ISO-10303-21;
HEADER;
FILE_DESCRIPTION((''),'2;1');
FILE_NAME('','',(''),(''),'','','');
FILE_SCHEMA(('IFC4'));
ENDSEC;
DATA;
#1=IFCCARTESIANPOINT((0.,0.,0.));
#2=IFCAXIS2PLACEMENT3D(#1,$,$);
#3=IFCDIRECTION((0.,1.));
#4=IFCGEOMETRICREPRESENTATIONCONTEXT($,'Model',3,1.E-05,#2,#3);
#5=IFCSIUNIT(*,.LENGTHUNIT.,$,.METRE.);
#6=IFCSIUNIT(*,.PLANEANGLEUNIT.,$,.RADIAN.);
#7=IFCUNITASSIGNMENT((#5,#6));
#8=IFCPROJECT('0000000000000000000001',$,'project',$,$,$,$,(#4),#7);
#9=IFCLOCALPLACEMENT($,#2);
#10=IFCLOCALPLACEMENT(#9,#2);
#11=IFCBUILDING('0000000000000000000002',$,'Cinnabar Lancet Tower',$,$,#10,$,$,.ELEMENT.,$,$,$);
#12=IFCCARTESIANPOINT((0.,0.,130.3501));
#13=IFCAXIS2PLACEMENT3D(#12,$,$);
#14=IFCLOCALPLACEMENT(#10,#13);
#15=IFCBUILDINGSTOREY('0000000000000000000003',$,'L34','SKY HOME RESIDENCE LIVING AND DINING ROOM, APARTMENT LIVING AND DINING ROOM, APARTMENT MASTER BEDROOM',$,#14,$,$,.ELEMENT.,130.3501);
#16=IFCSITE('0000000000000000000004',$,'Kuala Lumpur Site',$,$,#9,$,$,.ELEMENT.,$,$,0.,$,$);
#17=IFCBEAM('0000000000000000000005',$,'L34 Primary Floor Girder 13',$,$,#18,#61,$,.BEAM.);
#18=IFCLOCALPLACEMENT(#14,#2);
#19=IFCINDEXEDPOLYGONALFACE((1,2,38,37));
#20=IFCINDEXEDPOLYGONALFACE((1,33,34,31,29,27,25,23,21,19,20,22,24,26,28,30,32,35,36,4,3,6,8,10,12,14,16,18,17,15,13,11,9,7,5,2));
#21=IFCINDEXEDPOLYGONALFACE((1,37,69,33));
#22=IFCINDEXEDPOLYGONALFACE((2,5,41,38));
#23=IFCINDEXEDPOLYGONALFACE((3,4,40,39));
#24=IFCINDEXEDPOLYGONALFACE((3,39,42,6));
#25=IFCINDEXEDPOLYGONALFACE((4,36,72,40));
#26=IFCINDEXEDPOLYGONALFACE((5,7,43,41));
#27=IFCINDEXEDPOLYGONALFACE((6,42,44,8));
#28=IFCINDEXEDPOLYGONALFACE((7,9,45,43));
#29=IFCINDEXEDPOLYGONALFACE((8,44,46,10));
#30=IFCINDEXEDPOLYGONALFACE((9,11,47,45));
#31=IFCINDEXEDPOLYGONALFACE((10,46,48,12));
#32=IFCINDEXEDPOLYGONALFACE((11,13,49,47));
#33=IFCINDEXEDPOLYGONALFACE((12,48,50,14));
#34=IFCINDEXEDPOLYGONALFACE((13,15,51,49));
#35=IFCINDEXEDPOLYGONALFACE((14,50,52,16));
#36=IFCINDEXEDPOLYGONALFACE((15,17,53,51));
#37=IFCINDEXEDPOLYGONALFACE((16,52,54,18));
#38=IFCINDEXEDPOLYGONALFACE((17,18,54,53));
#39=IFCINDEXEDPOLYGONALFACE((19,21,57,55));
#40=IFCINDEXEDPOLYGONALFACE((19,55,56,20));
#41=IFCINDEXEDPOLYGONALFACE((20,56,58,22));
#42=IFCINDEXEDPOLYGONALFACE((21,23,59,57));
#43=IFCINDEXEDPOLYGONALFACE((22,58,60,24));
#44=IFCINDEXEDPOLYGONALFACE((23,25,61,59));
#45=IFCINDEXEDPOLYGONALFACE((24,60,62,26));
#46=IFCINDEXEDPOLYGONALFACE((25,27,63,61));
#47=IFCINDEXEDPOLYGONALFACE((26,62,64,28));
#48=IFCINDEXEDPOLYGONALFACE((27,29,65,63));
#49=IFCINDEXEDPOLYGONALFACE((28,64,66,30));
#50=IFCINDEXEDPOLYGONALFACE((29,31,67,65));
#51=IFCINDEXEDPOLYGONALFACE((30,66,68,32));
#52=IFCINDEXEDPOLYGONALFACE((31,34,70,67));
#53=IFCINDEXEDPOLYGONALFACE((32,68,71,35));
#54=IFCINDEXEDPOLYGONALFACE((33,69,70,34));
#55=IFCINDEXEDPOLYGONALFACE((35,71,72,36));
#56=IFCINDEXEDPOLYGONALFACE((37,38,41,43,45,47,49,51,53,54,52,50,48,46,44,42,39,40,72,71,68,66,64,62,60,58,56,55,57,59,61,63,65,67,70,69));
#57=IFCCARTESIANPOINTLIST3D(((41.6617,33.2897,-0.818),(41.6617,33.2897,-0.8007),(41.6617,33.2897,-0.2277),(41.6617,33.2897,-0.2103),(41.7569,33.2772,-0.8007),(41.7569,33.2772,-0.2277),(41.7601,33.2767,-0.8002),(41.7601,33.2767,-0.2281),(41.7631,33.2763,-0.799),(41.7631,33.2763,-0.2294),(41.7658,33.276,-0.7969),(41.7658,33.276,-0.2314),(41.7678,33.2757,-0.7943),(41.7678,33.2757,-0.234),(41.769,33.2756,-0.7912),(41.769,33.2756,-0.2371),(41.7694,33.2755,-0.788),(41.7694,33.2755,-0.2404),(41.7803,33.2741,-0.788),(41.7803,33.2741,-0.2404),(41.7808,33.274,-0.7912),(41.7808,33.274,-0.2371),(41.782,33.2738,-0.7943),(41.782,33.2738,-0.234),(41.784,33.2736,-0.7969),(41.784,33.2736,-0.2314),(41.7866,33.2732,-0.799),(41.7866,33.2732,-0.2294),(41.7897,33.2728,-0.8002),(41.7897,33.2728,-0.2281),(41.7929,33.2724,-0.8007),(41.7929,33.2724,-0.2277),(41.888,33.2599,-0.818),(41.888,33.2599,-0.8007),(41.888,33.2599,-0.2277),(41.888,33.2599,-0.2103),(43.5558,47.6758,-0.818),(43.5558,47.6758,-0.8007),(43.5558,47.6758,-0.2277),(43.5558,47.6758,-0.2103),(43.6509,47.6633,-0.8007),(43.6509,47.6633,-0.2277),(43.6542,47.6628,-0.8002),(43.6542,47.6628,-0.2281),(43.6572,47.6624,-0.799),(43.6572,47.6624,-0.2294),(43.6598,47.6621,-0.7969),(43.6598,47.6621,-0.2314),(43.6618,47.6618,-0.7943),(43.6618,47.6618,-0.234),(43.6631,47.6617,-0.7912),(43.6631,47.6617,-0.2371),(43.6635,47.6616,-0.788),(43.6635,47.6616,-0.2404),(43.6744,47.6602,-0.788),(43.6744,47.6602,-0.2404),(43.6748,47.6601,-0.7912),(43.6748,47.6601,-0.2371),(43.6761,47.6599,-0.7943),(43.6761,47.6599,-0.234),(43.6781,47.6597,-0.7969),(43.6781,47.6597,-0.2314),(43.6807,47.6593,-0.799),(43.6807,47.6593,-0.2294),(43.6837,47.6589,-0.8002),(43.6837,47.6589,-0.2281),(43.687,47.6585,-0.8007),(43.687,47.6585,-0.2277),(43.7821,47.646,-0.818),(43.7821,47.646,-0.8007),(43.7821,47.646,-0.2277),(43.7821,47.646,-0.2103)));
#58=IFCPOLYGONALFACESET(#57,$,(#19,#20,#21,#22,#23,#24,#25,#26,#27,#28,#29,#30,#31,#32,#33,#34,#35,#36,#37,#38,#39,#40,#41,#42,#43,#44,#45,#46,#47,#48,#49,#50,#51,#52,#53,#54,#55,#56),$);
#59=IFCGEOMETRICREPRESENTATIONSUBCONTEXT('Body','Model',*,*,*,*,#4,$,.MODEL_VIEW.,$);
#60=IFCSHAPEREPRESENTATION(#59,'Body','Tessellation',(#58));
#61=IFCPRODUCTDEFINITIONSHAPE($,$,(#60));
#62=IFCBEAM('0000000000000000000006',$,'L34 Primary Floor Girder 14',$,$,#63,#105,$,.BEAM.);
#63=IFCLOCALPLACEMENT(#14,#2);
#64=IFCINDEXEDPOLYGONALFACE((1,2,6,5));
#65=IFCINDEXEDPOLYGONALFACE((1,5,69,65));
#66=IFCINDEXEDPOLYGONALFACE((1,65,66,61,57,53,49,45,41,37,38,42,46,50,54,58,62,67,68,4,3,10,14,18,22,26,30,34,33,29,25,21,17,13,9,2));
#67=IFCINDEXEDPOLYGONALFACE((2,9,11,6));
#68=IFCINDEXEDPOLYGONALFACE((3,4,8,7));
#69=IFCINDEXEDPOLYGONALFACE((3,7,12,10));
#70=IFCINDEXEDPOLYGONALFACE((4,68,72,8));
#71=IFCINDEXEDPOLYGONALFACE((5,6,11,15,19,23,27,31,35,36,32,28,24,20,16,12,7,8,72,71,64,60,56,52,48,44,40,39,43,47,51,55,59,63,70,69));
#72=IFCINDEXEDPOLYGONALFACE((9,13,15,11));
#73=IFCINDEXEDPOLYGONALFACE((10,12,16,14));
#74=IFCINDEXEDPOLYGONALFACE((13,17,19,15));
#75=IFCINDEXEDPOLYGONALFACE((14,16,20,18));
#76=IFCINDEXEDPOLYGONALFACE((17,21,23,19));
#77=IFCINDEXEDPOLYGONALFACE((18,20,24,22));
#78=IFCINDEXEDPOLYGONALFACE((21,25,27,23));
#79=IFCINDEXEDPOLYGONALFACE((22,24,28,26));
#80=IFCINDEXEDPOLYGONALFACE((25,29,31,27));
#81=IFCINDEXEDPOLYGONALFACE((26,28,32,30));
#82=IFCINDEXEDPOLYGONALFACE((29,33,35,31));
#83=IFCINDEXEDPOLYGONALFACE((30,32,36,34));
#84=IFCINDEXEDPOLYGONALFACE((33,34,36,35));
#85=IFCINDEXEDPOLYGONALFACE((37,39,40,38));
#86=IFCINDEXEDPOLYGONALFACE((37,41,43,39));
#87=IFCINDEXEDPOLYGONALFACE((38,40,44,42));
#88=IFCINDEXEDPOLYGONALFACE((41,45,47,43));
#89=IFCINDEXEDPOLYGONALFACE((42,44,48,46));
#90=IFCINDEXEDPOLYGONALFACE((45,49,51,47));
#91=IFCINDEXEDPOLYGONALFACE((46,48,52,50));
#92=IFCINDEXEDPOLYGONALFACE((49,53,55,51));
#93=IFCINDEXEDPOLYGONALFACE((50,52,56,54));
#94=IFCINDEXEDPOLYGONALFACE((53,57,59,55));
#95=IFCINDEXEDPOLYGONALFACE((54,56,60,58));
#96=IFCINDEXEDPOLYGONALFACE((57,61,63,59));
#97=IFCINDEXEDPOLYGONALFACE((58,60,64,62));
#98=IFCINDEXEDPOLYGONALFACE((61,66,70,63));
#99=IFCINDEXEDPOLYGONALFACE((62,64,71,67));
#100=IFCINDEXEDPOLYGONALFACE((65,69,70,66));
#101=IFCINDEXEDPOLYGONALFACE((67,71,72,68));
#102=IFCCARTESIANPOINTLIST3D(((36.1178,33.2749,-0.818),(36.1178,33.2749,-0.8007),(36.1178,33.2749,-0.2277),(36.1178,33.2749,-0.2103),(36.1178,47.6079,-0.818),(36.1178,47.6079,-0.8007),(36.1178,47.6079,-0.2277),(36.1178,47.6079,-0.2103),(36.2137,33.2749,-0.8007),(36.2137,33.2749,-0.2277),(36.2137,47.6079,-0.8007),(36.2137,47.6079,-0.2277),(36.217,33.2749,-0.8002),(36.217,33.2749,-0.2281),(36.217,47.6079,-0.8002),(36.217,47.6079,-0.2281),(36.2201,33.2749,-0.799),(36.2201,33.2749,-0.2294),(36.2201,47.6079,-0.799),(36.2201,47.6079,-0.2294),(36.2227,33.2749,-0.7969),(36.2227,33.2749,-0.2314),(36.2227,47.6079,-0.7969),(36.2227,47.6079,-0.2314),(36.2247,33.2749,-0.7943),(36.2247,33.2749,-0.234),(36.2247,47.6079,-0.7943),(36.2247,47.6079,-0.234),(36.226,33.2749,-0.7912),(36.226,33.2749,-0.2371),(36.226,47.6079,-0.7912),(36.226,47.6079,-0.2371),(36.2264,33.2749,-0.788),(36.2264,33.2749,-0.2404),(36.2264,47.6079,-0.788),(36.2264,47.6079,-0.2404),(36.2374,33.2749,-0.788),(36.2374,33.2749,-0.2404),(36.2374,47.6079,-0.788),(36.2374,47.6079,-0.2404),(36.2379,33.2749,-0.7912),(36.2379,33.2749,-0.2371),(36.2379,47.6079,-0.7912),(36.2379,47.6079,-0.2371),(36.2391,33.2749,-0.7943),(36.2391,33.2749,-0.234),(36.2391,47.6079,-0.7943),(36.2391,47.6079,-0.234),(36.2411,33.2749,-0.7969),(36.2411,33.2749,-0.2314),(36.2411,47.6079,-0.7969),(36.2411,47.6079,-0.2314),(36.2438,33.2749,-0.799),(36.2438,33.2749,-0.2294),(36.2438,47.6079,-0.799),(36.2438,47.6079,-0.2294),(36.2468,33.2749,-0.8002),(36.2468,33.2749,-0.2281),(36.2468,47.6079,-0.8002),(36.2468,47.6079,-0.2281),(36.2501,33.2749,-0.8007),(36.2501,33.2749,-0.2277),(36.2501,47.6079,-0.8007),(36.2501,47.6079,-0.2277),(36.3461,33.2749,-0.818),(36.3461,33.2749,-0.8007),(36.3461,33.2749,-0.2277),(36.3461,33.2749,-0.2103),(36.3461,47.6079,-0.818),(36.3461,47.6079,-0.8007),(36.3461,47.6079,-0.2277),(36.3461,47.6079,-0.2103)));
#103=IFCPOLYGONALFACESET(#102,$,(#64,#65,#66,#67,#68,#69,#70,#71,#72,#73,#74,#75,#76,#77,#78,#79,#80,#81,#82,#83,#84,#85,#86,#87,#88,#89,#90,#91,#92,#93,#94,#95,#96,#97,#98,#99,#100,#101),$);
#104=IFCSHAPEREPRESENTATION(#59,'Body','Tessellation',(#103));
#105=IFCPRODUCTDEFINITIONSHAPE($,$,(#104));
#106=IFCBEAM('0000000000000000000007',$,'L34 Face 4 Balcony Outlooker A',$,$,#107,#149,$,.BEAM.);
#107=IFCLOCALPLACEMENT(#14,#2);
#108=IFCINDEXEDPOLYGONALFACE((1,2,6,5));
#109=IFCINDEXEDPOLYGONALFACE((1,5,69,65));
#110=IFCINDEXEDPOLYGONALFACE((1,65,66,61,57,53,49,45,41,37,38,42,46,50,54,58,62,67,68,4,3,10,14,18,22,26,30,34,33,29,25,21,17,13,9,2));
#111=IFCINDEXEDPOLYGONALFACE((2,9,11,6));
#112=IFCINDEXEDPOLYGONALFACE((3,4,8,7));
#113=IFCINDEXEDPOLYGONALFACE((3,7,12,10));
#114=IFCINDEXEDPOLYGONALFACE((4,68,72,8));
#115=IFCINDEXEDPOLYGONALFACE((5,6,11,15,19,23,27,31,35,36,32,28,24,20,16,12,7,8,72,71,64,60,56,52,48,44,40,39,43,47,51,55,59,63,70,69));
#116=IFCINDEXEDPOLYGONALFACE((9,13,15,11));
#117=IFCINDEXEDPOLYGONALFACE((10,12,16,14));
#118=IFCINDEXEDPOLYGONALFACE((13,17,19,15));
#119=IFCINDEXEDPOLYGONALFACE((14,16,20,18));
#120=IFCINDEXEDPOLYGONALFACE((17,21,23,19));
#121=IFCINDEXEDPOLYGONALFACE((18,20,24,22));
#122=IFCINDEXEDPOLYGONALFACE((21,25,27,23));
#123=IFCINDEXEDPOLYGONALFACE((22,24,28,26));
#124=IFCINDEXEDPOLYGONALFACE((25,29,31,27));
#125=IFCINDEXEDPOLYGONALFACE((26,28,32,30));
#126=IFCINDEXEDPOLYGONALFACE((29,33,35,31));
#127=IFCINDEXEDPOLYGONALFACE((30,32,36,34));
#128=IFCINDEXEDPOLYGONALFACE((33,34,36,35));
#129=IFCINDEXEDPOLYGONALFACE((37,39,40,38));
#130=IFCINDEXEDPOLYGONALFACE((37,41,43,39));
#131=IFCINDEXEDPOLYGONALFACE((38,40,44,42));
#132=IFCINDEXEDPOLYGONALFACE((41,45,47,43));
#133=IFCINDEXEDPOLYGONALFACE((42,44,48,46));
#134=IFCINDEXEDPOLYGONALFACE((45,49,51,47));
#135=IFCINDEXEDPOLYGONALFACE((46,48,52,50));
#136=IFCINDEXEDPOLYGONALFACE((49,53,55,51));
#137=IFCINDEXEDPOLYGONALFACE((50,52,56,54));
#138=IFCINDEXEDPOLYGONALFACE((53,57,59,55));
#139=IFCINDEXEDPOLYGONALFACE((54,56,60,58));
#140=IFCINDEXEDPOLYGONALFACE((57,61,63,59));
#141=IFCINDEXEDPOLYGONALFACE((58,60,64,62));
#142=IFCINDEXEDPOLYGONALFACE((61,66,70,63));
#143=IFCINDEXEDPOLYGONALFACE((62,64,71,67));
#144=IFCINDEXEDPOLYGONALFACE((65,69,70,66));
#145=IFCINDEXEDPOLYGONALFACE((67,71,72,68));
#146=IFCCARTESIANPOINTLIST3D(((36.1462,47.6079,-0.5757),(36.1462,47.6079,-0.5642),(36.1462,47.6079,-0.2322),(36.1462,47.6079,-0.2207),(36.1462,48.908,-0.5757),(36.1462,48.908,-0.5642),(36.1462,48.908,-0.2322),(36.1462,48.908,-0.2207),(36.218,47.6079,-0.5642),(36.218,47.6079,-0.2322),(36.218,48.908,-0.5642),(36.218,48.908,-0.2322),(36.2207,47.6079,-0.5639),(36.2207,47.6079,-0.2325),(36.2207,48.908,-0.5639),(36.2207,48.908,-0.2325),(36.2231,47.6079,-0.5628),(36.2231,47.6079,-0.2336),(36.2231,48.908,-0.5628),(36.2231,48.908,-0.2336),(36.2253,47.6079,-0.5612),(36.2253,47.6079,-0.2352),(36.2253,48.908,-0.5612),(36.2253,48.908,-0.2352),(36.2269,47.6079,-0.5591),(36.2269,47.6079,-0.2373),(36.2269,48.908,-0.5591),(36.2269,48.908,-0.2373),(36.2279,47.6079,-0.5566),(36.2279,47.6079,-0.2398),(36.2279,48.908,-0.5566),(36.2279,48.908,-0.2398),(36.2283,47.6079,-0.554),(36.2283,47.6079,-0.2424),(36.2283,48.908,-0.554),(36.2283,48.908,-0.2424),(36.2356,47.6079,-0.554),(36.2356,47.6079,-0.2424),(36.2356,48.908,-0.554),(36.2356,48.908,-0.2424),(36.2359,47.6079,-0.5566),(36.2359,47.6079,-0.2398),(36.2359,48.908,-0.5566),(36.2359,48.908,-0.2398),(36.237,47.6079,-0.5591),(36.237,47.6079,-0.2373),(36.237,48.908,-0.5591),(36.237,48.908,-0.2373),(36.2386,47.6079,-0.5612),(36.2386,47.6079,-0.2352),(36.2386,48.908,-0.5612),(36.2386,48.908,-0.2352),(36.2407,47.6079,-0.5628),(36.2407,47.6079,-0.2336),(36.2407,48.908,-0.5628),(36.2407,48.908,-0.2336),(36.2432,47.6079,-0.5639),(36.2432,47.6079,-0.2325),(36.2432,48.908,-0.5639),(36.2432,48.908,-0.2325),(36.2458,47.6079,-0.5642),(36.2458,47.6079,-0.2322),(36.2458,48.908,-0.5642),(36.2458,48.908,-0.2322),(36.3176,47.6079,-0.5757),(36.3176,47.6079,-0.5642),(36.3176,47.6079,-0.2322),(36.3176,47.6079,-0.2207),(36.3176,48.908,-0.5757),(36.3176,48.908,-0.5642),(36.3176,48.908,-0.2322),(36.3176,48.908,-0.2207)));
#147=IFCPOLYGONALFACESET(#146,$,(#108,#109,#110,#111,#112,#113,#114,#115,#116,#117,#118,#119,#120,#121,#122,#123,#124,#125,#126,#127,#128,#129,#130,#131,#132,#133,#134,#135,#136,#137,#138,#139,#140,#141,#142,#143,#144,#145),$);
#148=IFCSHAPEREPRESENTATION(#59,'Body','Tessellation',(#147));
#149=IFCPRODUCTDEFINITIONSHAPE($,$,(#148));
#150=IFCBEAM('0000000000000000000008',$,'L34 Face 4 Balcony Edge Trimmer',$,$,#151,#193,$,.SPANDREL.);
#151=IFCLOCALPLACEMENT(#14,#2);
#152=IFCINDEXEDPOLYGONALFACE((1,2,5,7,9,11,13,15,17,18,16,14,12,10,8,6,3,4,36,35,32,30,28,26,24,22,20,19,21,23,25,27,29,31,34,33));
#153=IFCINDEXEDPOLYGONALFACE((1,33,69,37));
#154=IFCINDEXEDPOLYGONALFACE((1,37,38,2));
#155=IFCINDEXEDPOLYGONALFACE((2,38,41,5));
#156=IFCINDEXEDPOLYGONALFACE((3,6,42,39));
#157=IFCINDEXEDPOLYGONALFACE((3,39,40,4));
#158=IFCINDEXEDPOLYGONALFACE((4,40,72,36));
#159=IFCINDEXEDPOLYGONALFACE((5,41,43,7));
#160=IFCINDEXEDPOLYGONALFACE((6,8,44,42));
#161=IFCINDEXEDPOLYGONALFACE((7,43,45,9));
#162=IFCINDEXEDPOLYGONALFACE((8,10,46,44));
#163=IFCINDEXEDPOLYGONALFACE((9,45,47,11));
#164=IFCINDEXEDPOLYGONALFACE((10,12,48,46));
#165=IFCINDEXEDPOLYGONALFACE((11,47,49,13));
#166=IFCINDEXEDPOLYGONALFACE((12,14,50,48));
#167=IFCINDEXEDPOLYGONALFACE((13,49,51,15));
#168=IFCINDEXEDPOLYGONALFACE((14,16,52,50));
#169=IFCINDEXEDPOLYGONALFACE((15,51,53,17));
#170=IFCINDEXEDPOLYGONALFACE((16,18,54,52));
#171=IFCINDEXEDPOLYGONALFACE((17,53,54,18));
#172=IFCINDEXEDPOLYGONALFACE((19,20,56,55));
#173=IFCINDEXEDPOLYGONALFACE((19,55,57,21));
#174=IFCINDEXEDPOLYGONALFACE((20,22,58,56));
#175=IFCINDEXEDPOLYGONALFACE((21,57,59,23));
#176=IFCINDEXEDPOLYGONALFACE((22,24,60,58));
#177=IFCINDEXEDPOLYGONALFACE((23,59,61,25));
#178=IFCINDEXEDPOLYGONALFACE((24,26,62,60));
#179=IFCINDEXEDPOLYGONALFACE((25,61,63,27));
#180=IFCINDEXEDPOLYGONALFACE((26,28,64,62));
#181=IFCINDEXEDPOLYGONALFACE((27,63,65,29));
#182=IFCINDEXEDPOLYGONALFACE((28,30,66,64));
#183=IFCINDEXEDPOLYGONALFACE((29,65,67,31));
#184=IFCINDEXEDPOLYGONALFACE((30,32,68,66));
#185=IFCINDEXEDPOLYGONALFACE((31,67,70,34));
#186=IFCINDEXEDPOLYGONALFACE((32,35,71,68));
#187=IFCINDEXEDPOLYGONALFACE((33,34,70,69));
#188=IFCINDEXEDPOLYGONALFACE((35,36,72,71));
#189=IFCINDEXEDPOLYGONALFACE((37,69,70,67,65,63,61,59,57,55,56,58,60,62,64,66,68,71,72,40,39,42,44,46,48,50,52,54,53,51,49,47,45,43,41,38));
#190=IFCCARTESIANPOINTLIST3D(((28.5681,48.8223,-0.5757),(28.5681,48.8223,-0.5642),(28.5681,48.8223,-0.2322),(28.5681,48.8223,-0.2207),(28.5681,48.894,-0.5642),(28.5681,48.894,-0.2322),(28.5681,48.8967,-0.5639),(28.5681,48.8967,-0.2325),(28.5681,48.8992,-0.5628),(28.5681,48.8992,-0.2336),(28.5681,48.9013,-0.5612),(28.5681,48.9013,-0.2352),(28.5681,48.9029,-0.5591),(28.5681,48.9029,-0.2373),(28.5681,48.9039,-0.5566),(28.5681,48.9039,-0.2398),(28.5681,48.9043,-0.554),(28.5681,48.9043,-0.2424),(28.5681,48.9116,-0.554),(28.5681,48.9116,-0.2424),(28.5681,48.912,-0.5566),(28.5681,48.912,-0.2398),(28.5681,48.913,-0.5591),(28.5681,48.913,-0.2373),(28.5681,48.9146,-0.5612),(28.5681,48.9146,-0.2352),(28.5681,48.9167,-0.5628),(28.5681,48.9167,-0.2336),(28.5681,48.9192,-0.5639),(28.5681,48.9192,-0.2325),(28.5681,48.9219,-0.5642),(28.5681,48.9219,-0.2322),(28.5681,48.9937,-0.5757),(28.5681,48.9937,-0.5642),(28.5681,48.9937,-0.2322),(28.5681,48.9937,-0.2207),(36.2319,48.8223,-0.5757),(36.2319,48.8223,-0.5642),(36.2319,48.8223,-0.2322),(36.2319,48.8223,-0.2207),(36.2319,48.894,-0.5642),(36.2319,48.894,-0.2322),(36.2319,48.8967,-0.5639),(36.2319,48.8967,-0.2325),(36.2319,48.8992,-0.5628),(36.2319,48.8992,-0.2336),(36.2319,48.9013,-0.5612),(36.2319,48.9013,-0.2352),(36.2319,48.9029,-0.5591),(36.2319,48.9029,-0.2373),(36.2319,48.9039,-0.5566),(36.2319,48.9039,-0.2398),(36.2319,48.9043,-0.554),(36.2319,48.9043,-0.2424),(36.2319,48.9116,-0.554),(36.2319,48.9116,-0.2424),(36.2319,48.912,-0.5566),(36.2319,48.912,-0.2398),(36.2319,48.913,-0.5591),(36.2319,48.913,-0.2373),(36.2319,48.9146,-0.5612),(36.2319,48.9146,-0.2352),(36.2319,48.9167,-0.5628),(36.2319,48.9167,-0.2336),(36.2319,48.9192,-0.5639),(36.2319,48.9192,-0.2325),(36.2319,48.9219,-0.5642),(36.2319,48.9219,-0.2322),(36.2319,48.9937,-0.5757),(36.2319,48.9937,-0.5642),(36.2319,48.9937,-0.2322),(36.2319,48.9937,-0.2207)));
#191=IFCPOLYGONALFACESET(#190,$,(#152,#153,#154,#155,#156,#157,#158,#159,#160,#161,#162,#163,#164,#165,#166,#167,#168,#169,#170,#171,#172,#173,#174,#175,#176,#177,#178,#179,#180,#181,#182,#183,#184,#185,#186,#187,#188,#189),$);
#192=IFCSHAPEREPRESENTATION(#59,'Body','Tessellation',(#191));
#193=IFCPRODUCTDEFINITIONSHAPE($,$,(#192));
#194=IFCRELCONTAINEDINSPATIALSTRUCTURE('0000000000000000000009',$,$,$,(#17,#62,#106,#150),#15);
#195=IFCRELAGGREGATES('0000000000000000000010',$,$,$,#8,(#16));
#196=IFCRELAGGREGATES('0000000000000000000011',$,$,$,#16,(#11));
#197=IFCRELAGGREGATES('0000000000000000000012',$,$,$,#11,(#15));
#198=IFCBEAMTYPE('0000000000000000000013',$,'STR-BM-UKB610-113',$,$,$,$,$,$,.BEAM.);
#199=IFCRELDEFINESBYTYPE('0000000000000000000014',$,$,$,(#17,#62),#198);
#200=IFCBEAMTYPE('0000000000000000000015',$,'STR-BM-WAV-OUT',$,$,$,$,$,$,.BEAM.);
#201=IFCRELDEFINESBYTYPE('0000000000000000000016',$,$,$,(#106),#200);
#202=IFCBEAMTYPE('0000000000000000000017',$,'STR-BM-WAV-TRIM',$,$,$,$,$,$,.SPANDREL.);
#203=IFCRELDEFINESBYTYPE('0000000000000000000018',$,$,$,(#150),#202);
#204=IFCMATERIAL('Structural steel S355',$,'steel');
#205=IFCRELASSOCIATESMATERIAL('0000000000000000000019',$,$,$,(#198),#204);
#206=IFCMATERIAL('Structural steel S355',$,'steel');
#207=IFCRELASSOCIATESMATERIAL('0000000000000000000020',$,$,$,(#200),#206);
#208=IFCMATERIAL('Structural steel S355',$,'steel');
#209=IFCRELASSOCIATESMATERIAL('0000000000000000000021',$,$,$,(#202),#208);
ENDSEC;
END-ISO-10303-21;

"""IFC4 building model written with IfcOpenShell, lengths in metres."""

from ifc_helpers import new_model, si_unit, direction, frame, origin, origin_2d, place, context, subcontext, project, spatial, i_section, extrude, material, material_profile, profile_set, type_object, element, save


model = new_model("IFC4")

# Units and contexts
model_context = context("Model", 3, precision=1e-05, world=origin(), true_north=direction((0.0, 1.0)))
body_context = subcontext(model_context, "Body", "Model", "MODEL_VIEW")
ifc_project = project(units=[si_unit("LENGTHUNIT", "METRE"), si_unit("PLANEANGLEUNIT", "RADIAN")], contexts=[model_context])

# Site, building, storey
site_placement = place(None, origin())
site = spatial("IfcSite", under=ifc_project, at=site_placement, Name="Kuala Lumpur Site", CompositionType="ELEMENT", RefElevation=0.0)
building_placement = place(site_placement, origin())
building = spatial("IfcBuilding", under=site, at=building_placement, Name="Cinnabar Lancet Tower", CompositionType="ELEMENT")
storey_placement = place(building_placement, frame((0.0, 0.0, 130.3501)))
storey = spatial("IfcBuildingStorey", under=building, at=storey_placement, Name="L34", Description="SKY HOME RESIDENCE LIVING AND DINING ROOM, APARTMENT LIVING AND DINING ROOM, APARTMENT MASTER BEDROOM", CompositionType="ELEMENT", Elevation=130.3501)

# Beams
ifc_material_1 = material(Name="Structural steel S355", Category="steel")
ifc_material_profile_1 = material_profile(ifc_material_1, i_section(OverallWidth=0.2283, OverallDepth=0.6077, WebThickness=0.011, FlangeThickness=0.0173, FilletRadius=0.0127, at=origin_2d()), Name="UKB 610x229x113")
ifc_profile_set_1 = profile_set([ifc_material_profile_1], Name="Structural steel S355")
beam_type_1 = type_object("IfcBeamType", Name="STR-BM-UKB610-113", PredefinedType="BEAM", material=ifc_profile_set_1)
beam_1_placement = place(storey_placement, frame((43.6689, 47.6609, -0.5142), z_axis=(-0.130532, -0.991444, 0.0), x_axis=(0.991444, -0.130532, 0.0)))
element("IfcBeam", 1, at=beam_1_placement, inside=storey, type_object=beam_type_1, Name="L34 Primary Floor Girder 13", PredefinedType="BEAM", context=body_context, shape_type="SweptSolid", body=[
    extrude(i_section(OverallWidth=0.2283, OverallDepth=0.6077, WebThickness=0.011, FlangeThickness=0.0173, FilletRadius=0.0127, at=origin_2d()), origin(), (0.0, 0.0, 1.0), 14.5103),
])
beam_2_placement = place(storey_placement, frame((36.2319, 47.6079, -0.5142), z_axis=(0.0, -1.0, 0.0), x_axis=(1.0, 0.0, 0.0)))
element("IfcBeam", 2, at=beam_2_placement, inside=storey, type_object=beam_type_1, Name="L34 Primary Floor Girder 14", PredefinedType="BEAM", context=body_context, shape_type="SweptSolid", body=[
    extrude(i_section(OverallWidth=0.2283, OverallDepth=0.6077, WebThickness=0.011, FlangeThickness=0.0173, FilletRadius=0.0127, at=origin_2d()), origin(), (0.0, 0.0, 1.0), 14.333),
])
ifc_material_2 = material(Name="Structural steel S355", Category="steel")
ifc_material_profile_2 = material_profile(ifc_material_2, i_section(OverallWidth=0.1714, OverallDepth=0.355, WebThickness=0.0073, FlangeThickness=0.0115, FilletRadius=0.0103, at=origin_2d()), Name="UKB 356x171x51")
ifc_profile_set_2 = profile_set([ifc_material_profile_2], Name="Structural steel S355")
beam_type_2 = type_object("IfcBeamType", Name="STR-BM-WAV-OUT", PredefinedType="BEAM", material=ifc_profile_set_2)
beam_3_placement = place(storey_placement, frame((36.2319, 47.6079, -0.3982), z_axis=(0.0, 1.0, 0.0), x_axis=(-1.0, 0.0, 0.0)))
element("IfcBeam", 3, at=beam_3_placement, inside=storey, type_object=beam_type_2, Name="L34 Face 4 Balcony Outlooker A", PredefinedType="BEAM", context=body_context, shape_type="SweptSolid", body=[
    extrude(i_section(OverallWidth=0.1714, OverallDepth=0.355, WebThickness=0.0073, FlangeThickness=0.0115, FilletRadius=0.0103, at=origin_2d()), origin(), (0.0, 0.0, 1.0), 1.3),
])
ifc_material_3 = material(Name="Structural steel S355", Category="steel")
ifc_material_profile_3 = material_profile(ifc_material_3, i_section(OverallWidth=0.1714, OverallDepth=0.355, WebThickness=0.0073, FlangeThickness=0.0115, FilletRadius=0.0103, at=origin_2d()), Name="UKB 356x171x51")
ifc_profile_set_3 = profile_set([ifc_material_profile_3], Name="Structural steel S355")
beam_type_3 = type_object("IfcBeamType", Name="STR-BM-WAV-TRIM", PredefinedType="SPANDREL", material=ifc_profile_set_3)
beam_4_placement = place(storey_placement, frame((36.2319, 48.908, -0.3982), z_axis=(-1.0, 0.0, 0.0), x_axis=(0.0, -1.0, 0.0)))
element("IfcBeam", 4, at=beam_4_placement, inside=storey, type_object=beam_type_3, Name="L34 Face 4 Balcony Edge Trimmer", PredefinedType="SPANDREL", context=body_context, shape_type="SweptSolid", body=[
    extrude(i_section(OverallWidth=0.1714, OverallDepth=0.355, WebThickness=0.0073, FlangeThickness=0.0115, FilletRadius=0.0103, at=origin_2d()), origin(), (0.0, 0.0, 1.0), 7.6638),
])

save(model, "model.ifc")
